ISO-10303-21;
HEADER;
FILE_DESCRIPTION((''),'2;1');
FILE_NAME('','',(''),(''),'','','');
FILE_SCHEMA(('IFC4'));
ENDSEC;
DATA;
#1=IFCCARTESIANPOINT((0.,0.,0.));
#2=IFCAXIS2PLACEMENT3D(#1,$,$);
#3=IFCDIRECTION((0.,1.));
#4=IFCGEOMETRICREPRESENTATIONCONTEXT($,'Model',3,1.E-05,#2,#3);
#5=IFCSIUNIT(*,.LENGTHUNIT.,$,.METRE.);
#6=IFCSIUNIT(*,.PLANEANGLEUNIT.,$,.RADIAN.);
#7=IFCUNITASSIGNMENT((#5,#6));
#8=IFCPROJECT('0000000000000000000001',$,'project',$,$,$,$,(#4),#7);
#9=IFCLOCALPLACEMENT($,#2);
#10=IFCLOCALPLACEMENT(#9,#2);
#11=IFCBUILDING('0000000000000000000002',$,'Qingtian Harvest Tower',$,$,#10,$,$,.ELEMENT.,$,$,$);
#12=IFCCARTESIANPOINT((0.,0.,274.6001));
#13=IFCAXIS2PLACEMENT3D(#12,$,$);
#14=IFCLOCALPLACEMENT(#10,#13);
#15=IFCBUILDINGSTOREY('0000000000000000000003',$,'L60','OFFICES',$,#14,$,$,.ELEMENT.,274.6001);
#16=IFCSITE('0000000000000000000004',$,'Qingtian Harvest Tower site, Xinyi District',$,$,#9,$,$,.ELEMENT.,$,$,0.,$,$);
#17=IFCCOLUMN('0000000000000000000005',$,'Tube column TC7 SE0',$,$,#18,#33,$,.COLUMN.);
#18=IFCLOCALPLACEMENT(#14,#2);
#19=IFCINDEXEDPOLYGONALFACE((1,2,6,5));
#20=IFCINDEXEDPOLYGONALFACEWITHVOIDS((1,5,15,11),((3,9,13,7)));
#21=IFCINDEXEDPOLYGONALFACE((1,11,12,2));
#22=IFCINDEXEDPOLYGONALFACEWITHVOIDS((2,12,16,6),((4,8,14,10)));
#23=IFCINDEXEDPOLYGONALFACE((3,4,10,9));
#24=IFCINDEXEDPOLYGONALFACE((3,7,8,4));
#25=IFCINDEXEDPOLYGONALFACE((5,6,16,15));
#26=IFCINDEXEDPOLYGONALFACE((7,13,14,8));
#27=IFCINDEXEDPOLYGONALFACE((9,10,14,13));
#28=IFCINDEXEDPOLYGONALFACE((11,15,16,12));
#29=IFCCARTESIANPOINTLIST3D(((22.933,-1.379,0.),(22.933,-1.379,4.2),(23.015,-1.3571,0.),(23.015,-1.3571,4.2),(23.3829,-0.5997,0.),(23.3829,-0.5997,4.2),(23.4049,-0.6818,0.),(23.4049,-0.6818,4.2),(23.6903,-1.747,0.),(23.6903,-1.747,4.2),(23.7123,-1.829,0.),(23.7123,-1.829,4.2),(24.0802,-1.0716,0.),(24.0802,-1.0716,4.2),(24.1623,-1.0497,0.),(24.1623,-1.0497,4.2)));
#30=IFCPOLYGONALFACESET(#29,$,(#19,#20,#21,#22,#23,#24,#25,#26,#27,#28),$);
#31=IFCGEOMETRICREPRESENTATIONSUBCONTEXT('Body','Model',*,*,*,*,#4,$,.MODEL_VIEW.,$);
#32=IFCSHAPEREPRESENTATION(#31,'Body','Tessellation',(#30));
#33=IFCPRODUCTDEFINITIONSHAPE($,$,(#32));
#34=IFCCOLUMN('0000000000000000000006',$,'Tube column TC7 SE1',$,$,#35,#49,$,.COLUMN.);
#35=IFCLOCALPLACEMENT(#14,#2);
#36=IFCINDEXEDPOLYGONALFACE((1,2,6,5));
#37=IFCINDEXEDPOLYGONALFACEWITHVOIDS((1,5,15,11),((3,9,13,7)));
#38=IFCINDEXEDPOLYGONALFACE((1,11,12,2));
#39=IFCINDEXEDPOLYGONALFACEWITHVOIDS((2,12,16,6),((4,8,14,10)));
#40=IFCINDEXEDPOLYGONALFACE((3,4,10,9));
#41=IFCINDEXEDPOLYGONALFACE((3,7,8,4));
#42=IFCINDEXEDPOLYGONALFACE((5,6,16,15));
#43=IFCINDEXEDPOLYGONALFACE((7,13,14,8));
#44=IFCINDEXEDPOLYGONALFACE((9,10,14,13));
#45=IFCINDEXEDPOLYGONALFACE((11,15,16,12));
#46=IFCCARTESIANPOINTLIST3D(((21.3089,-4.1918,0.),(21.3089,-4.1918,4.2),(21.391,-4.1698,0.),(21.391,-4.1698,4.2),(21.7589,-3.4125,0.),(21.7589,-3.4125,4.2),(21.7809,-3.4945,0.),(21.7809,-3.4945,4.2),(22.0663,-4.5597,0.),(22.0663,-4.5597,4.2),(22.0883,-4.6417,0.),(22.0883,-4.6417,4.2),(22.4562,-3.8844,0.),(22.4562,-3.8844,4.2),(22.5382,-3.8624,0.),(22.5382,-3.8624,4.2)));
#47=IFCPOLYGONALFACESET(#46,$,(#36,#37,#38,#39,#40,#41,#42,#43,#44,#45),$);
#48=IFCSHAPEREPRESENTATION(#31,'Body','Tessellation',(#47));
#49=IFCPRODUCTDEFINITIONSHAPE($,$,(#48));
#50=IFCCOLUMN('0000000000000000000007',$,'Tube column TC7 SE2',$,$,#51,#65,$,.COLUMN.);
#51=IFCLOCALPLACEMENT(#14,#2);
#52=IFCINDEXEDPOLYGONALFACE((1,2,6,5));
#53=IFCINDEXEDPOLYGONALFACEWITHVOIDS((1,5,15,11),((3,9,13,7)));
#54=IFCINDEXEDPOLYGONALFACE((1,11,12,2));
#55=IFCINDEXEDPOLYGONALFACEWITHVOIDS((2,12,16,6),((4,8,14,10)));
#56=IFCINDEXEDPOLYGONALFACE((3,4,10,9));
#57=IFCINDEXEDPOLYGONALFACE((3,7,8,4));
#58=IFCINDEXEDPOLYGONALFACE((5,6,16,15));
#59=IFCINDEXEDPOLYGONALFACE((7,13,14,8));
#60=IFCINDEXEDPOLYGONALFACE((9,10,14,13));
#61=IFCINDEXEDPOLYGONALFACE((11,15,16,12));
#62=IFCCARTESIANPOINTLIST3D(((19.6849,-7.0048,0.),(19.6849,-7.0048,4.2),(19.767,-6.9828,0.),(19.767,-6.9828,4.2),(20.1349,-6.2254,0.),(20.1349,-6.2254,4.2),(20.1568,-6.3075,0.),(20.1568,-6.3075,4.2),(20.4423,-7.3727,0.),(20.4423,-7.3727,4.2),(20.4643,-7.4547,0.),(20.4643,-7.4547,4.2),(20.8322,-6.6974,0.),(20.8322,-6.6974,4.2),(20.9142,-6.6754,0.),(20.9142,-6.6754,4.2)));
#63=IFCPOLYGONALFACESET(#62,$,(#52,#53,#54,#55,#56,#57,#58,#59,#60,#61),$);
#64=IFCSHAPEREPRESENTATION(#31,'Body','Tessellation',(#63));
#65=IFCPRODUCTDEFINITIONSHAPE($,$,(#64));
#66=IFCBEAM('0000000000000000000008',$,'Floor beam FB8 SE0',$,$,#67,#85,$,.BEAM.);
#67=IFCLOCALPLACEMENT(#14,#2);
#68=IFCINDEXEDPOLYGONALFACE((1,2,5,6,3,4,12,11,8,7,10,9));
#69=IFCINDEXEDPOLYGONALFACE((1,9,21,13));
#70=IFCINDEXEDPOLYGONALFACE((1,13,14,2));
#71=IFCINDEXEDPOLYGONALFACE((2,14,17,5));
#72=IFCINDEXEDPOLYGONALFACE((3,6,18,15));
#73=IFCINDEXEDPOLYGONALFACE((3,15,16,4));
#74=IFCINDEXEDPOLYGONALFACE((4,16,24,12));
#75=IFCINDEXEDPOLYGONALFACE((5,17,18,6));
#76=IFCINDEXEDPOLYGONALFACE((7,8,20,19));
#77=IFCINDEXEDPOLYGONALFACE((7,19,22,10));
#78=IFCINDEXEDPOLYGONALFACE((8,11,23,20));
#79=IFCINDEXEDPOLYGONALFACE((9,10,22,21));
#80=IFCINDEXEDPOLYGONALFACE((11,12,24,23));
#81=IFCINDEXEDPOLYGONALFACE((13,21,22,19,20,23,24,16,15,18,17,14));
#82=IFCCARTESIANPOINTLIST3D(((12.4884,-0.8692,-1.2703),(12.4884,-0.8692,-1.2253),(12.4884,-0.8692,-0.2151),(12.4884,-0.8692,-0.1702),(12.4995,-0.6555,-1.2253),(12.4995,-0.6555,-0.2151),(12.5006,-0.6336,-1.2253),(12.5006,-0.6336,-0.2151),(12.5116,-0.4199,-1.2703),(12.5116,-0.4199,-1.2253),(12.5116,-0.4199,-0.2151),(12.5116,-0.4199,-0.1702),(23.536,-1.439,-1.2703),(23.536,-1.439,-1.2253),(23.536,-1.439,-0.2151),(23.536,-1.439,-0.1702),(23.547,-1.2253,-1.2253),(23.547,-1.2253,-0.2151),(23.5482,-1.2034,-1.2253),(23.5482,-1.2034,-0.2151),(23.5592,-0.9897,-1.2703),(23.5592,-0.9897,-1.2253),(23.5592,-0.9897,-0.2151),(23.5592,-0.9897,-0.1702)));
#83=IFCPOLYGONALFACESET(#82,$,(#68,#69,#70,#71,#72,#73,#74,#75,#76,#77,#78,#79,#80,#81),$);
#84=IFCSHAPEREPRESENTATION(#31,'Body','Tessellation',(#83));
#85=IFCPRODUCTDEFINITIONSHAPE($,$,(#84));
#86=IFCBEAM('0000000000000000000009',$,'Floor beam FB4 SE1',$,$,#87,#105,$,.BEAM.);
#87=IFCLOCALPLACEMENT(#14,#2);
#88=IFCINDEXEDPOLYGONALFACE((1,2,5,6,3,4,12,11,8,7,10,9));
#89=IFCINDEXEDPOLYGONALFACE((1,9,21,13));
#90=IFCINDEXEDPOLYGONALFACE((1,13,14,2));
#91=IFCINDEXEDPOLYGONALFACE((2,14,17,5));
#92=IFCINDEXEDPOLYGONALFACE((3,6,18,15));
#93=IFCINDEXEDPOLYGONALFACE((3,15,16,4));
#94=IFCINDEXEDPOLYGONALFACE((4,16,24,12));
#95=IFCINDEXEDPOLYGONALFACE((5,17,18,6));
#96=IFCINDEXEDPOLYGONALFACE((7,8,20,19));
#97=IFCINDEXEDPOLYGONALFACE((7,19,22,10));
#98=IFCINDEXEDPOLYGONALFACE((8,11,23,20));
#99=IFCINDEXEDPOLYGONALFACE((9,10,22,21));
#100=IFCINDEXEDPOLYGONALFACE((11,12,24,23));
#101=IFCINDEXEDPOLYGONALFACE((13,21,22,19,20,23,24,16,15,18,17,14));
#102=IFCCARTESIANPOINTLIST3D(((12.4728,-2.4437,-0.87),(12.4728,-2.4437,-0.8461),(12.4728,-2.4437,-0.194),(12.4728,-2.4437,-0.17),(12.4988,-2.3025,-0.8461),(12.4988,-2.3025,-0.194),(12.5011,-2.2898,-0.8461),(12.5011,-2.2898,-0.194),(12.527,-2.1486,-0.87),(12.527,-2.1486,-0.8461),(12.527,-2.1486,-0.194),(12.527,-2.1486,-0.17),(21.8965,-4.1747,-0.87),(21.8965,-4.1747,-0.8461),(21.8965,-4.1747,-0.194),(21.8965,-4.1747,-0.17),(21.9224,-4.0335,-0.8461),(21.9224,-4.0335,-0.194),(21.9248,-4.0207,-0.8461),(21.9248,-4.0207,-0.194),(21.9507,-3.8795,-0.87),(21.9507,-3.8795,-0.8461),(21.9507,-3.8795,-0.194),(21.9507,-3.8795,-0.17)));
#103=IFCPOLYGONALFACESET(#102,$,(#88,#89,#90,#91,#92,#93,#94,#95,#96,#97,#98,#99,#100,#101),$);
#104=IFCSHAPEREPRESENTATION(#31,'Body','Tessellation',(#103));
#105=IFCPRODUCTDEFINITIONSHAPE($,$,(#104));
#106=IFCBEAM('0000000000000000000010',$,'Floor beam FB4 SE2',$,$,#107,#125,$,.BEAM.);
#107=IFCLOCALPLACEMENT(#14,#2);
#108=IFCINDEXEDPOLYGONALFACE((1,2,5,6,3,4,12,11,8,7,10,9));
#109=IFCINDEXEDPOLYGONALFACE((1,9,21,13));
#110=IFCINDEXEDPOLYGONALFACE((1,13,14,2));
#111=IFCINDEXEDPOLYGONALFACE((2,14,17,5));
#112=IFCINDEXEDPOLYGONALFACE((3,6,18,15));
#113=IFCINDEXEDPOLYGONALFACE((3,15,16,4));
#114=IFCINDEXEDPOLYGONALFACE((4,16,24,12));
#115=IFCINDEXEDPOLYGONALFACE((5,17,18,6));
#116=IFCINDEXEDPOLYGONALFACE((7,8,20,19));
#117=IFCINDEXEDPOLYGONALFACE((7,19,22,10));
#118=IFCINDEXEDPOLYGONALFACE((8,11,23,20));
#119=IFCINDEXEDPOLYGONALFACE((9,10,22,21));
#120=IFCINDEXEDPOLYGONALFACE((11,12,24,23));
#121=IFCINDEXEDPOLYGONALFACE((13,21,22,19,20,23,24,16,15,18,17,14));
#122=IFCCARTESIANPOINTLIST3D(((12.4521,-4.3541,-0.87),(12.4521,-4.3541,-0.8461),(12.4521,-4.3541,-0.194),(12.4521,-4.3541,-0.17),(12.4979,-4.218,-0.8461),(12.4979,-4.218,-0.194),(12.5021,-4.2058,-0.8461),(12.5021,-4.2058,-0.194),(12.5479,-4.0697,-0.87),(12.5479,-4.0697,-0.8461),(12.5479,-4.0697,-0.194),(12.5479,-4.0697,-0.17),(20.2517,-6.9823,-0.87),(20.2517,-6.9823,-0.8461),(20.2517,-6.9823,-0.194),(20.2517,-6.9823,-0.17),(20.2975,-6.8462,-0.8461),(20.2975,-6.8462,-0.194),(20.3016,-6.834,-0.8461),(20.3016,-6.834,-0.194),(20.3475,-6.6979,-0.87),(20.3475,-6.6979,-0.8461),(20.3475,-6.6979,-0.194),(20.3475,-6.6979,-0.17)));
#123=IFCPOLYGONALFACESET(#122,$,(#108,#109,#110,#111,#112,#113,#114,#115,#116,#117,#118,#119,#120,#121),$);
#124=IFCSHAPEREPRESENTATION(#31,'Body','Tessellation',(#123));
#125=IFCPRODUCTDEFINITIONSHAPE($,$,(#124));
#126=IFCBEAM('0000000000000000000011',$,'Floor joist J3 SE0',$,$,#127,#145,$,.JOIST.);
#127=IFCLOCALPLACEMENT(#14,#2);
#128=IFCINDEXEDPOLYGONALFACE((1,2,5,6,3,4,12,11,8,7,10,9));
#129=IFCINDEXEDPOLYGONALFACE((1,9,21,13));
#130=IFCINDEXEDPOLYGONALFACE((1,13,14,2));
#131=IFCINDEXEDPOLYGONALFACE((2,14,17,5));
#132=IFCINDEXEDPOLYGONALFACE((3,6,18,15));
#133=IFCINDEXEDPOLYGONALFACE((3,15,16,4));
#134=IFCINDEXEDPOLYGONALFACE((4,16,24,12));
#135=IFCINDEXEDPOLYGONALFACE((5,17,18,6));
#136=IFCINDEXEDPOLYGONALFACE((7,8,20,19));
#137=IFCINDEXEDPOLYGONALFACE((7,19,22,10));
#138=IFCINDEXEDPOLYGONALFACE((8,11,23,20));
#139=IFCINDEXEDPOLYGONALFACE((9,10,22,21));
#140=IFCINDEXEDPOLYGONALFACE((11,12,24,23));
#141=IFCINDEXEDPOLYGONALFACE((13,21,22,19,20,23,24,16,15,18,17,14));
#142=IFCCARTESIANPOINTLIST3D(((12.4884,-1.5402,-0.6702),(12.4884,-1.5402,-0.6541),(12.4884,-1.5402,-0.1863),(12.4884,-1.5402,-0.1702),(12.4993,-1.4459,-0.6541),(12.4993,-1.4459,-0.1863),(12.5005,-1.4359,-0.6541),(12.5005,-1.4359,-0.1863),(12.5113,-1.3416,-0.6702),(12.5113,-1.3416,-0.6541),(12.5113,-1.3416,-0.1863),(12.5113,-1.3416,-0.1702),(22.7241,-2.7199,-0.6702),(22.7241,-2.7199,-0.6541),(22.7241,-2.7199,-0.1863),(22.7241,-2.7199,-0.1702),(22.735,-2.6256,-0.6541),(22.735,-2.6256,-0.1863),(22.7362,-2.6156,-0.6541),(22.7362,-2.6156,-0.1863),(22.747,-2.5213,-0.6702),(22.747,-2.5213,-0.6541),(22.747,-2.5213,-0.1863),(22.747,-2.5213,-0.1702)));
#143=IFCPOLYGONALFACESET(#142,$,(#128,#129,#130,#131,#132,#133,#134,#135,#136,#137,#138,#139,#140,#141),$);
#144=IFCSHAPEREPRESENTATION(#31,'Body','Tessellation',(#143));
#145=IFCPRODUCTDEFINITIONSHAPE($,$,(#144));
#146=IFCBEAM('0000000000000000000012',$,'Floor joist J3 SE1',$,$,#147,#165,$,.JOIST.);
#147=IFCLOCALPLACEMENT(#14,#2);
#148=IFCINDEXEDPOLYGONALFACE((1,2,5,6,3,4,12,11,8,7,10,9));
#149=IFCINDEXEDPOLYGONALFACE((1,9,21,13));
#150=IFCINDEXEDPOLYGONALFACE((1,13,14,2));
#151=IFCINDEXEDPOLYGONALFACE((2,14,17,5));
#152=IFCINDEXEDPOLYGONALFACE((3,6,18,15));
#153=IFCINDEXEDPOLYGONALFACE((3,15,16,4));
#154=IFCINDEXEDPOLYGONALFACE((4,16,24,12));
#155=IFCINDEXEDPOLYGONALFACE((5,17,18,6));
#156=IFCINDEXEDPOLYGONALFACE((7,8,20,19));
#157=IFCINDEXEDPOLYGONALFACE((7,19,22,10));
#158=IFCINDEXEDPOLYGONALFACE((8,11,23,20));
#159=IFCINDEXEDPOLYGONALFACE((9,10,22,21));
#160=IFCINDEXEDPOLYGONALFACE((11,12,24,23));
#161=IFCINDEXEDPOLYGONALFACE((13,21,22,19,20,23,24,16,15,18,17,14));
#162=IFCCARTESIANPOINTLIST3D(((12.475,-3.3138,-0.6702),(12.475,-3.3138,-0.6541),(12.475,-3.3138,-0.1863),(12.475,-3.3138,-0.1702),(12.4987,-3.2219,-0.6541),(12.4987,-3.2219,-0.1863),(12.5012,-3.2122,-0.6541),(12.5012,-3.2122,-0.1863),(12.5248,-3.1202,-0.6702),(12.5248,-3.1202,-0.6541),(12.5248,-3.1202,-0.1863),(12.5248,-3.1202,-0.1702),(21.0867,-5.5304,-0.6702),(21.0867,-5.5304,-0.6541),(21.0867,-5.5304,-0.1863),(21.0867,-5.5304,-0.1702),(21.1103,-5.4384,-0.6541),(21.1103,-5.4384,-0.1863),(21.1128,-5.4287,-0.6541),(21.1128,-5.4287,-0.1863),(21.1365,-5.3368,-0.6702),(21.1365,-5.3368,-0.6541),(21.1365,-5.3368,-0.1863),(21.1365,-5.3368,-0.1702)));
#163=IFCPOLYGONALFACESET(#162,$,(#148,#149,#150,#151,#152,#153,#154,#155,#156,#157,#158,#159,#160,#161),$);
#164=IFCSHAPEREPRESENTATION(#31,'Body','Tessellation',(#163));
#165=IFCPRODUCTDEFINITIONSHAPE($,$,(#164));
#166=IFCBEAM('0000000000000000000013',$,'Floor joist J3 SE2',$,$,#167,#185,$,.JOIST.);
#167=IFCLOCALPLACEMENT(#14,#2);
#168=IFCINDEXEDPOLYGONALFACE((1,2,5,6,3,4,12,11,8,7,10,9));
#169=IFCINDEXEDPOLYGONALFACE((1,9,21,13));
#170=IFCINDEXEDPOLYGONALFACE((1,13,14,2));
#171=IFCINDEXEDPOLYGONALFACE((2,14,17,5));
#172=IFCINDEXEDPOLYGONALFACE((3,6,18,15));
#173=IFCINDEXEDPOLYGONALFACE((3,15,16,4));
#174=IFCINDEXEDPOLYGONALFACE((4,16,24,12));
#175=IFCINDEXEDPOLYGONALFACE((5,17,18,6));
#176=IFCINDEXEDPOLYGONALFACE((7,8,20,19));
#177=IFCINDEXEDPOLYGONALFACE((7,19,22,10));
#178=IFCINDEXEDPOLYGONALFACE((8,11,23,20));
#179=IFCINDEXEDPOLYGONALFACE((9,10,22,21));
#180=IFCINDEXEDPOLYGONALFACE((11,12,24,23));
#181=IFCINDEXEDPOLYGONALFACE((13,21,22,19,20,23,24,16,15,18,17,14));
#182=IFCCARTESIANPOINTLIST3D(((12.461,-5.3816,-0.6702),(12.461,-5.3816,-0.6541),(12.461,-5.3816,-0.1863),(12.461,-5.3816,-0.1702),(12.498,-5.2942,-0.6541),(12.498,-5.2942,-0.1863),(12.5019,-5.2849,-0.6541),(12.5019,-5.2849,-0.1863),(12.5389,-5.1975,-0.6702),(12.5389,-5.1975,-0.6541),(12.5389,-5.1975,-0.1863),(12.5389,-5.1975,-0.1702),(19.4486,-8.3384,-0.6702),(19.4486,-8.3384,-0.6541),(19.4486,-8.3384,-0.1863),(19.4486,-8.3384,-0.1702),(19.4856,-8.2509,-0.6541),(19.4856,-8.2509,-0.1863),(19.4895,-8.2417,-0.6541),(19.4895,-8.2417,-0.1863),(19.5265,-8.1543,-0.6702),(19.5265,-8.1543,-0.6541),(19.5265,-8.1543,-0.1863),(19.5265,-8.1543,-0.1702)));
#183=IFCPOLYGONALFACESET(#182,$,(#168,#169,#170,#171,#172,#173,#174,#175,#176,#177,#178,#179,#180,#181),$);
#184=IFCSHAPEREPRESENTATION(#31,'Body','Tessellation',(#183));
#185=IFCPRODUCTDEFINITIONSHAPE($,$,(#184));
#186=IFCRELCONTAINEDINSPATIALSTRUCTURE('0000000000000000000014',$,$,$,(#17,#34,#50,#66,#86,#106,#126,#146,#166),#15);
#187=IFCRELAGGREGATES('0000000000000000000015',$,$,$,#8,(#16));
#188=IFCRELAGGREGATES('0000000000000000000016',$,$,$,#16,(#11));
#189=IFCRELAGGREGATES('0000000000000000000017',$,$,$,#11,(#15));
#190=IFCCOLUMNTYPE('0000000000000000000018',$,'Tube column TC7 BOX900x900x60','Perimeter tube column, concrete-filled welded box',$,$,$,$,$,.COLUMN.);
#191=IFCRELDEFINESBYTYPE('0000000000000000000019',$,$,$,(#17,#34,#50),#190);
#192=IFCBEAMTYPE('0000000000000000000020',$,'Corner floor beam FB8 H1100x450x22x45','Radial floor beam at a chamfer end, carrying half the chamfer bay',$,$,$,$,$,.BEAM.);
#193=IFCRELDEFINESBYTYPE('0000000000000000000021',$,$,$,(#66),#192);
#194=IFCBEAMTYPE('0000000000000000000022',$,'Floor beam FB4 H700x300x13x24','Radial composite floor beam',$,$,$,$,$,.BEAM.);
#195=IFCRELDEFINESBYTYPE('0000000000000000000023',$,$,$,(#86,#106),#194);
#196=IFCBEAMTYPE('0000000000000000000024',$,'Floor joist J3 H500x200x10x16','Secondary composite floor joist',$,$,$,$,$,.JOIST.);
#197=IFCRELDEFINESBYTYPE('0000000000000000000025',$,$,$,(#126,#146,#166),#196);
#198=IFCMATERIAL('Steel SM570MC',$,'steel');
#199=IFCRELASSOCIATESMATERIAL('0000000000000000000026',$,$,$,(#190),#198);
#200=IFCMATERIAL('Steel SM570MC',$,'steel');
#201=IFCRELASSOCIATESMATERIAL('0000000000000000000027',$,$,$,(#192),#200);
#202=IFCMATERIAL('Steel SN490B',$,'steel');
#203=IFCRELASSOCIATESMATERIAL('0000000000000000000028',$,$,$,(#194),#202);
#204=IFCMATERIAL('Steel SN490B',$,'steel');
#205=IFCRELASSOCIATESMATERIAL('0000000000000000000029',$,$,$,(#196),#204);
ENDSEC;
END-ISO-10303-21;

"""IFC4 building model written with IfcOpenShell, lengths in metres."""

from ifc_helpers import new_model, si_unit, direction, frame, origin, origin_2d, place, context, subcontext, project, spatial, hollow_rectangle, i_section, extrude, material, material_profile, profile_set, type_object, element, save


model = new_model("IFC4")

# Units and contexts
model_context = context("Model", 3, precision=1e-05, world=origin(), true_north=direction((0.0, 1.0)))
body_context = subcontext(model_context, "Body", "Model", "MODEL_VIEW")
ifc_project = project(units=[si_unit("LENGTHUNIT", "METRE"), si_unit("PLANEANGLEUNIT", "RADIAN")], contexts=[model_context])

# Site, building, storey
site_placement = place(None, origin())
site = spatial("IfcSite", under=ifc_project, at=site_placement, Name="Qingtian Harvest Tower site, Xinyi District", CompositionType="ELEMENT", RefElevation=0.0)
building_placement = place(site_placement, origin())
building = spatial("IfcBuilding", under=site, at=building_placement, Name="Qingtian Harvest Tower", CompositionType="ELEMENT")
storey_placement = place(building_placement, frame((0.0, 0.0, 274.6001)))
storey = spatial("IfcBuildingStorey", under=building, at=storey_placement, Name="L60", Description="OFFICES", CompositionType="ELEMENT", Elevation=274.6001)

# Columns
ifc_material_1 = material(Name="Steel SM570MC", Category="steel")
ifc_material_profile_1 = material_profile(ifc_material_1, hollow_rectangle(XDim=0.8999, YDim=0.8999, WallThickness=0.0601, at=origin_2d()), Name="BOX900x900x60")
ifc_profile_set_1 = profile_set([ifc_material_profile_1], Name="Steel SM570MC")
column_type = type_object("IfcColumnType", Name="Tube column TC7 BOX900x900x60", Description="Perimeter tube column, concrete-filled welded box", PredefinedType="COLUMN", material=ifc_profile_set_1)
for number, where, z_axis, x_axis, name in (
    (1, (23.5476, -1.2144, 0.0), (0.0, 0.0, 1.0), (0.5, 0.866025, 0.0), "Tube column TC7 SE0"),
    (2, (21.9236, -4.0271, 0.0), (0.0, 0.0, 1.0), (0.5, 0.866025, 0.0), "Tube column TC7 SE1"),
    (3, (20.2996, -6.8401, 0.0), (0.0, 0.0, 1.0), (0.5, 0.866025, 0.0), "Tube column TC7 SE2"),
):
    element("IfcColumn", number, at=place(storey_placement, frame(where, z_axis=z_axis, x_axis=x_axis)), inside=storey, type_object=column_type, Name=name, PredefinedType="COLUMN", context=body_context, shape_type="SweptSolid", body=[
        extrude(hollow_rectangle(XDim=0.8999, YDim=0.8999, WallThickness=0.0601, at=origin_2d()), origin(), (0.0, 0.0, 1.0), 4.2),
    ])

# Beams
ifc_material_2 = material(Name="Steel SM570MC", Category="steel")
ifc_material_profile_2 = material_profile(ifc_material_2, i_section(OverallWidth=0.45, OverallDepth=1.1001, WebThickness=0.022, FlangeThickness=0.0449, at=origin_2d()), Name="H1100x450x22x45")
ifc_profile_set_2 = profile_set([ifc_material_profile_2], Name="Steel SM570MC")
beam_type_1 = type_object("IfcBeamType", Name="Corner floor beam FB8 H1100x450x22x45", Description="Radial floor beam at a chamfer end, carrying half the chamfer bay", PredefinedType="BEAM", material=ifc_profile_set_2)
beam_1_placement = place(storey_placement, frame((23.5476, -1.2144, -0.7202), z_axis=(-0.998672, 0.05151, 0.0), x_axis=(-0.05151, -0.998672, 0.0)))
element("IfcBeam", 4, at=beam_1_placement, inside=storey, type_object=beam_type_1, Name="Floor beam FB8 SE0", PredefinedType="BEAM", context=body_context, shape_type="SweptSolid", body=[
    extrude(i_section(OverallWidth=0.45, OverallDepth=1.1001, WebThickness=0.022, FlangeThickness=0.0449, at=origin_2d()), origin(), (0.0, 0.0, 1.0), 11.0623),
])
ifc_material_3 = material(Name="Steel SN490B", Category="steel")
ifc_material_profile_3 = material_profile(ifc_material_3, i_section(OverallWidth=0.3, OverallDepth=0.7, WebThickness=0.0129, FlangeThickness=0.0239, at=origin_2d()), Name="H700x300x13x24")
ifc_profile_set_3 = profile_set([ifc_material_profile_3], Name="Steel SN490B")
beam_type_2 = type_object("IfcBeamType", Name="Floor beam FB4 H700x300x13x24", Description="Radial composite floor beam", PredefinedType="BEAM", material=ifc_profile_set_3)
beam_2_placement = place(storey_placement, frame((21.9236, -4.0271, -0.52), z_axis=(-0.983545, 0.180661, 0.0), x_axis=(-0.180661, -0.983545, 0.0)))
element("IfcBeam", 5, at=beam_2_placement, inside=storey, type_object=beam_type_2, Name="Floor beam FB4 SE1", PredefinedType="BEAM", context=body_context, shape_type="SweptSolid", body=[
    extrude(i_section(OverallWidth=0.3, OverallDepth=0.7, WebThickness=0.0129, FlangeThickness=0.0239, at=origin_2d()), origin(), (0.0, 0.0, 1.0), 9.5813),
])
beam_3_placement = place(storey_placement, frame((20.2996, -6.8401, -0.52), z_axis=(-0.947646, 0.319323, 0.0), x_axis=(-0.319323, -0.947646, 0.0)))
element("IfcBeam", 6, at=beam_3_placement, inside=storey, type_object=beam_type_2, Name="Floor beam FB4 SE2", PredefinedType="BEAM", context=body_context, shape_type="SweptSolid", body=[
    extrude(i_section(OverallWidth=0.3, OverallDepth=0.7, WebThickness=0.0129, FlangeThickness=0.0239, at=origin_2d()), origin(), (0.0, 0.0, 1.0), 8.2305),
])
ifc_material_4 = material(Name="Steel SN490B", Category="steel")
ifc_material_profile_4 = material_profile(ifc_material_4, i_section(OverallWidth=0.2, OverallDepth=0.5, WebThickness=0.01, FlangeThickness=0.0161, at=origin_2d()), Name="H500x200x10x16")
ifc_profile_set_4 = profile_set([ifc_material_profile_4], Name="Steel SN490B")
beam_type_3 = type_object("IfcBeamType", Name="Floor joist J3 H500x200x10x16", Description="Secondary composite floor joist", PredefinedType="JOIST", material=ifc_profile_set_4)
beam_4_placement = place(storey_placement, frame((22.7356, -2.6206, -0.4202), z_axis=(-0.993424, 0.114495, 0.0), x_axis=(-0.114495, -0.993424, 0.0)))
element("IfcBeam", 7, at=beam_4_placement, inside=storey, type_object=beam_type_3, Name="Floor joist J3 SE0", PredefinedType="JOIST", context=body_context, shape_type="SweptSolid", body=[
    extrude(i_section(OverallWidth=0.2, OverallDepth=0.5, WebThickness=0.01, FlangeThickness=0.0161, at=origin_2d()), origin(), (0.0, 0.0, 1.0), 10.3035),
])
beam_5_placement = place(storey_placement, frame((21.1116, -5.4336, -0.4202), z_axis=(-0.968435, 0.249268, 0.0), x_axis=(-0.249268, -0.968435, 0.0)))
element("IfcBeam", 8, at=beam_5_placement, inside=storey, type_object=beam_type_3, Name="Floor joist J3 SE1", PredefinedType="JOIST", context=body_context, shape_type="SweptSolid", body=[
    extrude(i_section(OverallWidth=0.2, OverallDepth=0.5, WebThickness=0.01, FlangeThickness=0.0161, at=origin_2d()), origin(), (0.0, 0.0, 1.0), 8.8923),
])
beam_6_placement = place(storey_placement, frame((19.4875, -8.2463, -0.4202), z_axis=(-0.920943, 0.389698, 0.0), x_axis=(-0.389698, -0.920943, 0.0)))
element("IfcBeam", 9, at=beam_6_placement, inside=storey, type_object=beam_type_3, Name="Floor joist J3 SE2", PredefinedType="JOIST", context=body_context, shape_type="SweptSolid", body=[
    extrude(i_section(OverallWidth=0.2, OverallDepth=0.5, WebThickness=0.01, FlangeThickness=0.0161, at=origin_2d()), origin(), (0.0, 0.0, 1.0), 7.5874),
])

save(model, "model.ifc")
